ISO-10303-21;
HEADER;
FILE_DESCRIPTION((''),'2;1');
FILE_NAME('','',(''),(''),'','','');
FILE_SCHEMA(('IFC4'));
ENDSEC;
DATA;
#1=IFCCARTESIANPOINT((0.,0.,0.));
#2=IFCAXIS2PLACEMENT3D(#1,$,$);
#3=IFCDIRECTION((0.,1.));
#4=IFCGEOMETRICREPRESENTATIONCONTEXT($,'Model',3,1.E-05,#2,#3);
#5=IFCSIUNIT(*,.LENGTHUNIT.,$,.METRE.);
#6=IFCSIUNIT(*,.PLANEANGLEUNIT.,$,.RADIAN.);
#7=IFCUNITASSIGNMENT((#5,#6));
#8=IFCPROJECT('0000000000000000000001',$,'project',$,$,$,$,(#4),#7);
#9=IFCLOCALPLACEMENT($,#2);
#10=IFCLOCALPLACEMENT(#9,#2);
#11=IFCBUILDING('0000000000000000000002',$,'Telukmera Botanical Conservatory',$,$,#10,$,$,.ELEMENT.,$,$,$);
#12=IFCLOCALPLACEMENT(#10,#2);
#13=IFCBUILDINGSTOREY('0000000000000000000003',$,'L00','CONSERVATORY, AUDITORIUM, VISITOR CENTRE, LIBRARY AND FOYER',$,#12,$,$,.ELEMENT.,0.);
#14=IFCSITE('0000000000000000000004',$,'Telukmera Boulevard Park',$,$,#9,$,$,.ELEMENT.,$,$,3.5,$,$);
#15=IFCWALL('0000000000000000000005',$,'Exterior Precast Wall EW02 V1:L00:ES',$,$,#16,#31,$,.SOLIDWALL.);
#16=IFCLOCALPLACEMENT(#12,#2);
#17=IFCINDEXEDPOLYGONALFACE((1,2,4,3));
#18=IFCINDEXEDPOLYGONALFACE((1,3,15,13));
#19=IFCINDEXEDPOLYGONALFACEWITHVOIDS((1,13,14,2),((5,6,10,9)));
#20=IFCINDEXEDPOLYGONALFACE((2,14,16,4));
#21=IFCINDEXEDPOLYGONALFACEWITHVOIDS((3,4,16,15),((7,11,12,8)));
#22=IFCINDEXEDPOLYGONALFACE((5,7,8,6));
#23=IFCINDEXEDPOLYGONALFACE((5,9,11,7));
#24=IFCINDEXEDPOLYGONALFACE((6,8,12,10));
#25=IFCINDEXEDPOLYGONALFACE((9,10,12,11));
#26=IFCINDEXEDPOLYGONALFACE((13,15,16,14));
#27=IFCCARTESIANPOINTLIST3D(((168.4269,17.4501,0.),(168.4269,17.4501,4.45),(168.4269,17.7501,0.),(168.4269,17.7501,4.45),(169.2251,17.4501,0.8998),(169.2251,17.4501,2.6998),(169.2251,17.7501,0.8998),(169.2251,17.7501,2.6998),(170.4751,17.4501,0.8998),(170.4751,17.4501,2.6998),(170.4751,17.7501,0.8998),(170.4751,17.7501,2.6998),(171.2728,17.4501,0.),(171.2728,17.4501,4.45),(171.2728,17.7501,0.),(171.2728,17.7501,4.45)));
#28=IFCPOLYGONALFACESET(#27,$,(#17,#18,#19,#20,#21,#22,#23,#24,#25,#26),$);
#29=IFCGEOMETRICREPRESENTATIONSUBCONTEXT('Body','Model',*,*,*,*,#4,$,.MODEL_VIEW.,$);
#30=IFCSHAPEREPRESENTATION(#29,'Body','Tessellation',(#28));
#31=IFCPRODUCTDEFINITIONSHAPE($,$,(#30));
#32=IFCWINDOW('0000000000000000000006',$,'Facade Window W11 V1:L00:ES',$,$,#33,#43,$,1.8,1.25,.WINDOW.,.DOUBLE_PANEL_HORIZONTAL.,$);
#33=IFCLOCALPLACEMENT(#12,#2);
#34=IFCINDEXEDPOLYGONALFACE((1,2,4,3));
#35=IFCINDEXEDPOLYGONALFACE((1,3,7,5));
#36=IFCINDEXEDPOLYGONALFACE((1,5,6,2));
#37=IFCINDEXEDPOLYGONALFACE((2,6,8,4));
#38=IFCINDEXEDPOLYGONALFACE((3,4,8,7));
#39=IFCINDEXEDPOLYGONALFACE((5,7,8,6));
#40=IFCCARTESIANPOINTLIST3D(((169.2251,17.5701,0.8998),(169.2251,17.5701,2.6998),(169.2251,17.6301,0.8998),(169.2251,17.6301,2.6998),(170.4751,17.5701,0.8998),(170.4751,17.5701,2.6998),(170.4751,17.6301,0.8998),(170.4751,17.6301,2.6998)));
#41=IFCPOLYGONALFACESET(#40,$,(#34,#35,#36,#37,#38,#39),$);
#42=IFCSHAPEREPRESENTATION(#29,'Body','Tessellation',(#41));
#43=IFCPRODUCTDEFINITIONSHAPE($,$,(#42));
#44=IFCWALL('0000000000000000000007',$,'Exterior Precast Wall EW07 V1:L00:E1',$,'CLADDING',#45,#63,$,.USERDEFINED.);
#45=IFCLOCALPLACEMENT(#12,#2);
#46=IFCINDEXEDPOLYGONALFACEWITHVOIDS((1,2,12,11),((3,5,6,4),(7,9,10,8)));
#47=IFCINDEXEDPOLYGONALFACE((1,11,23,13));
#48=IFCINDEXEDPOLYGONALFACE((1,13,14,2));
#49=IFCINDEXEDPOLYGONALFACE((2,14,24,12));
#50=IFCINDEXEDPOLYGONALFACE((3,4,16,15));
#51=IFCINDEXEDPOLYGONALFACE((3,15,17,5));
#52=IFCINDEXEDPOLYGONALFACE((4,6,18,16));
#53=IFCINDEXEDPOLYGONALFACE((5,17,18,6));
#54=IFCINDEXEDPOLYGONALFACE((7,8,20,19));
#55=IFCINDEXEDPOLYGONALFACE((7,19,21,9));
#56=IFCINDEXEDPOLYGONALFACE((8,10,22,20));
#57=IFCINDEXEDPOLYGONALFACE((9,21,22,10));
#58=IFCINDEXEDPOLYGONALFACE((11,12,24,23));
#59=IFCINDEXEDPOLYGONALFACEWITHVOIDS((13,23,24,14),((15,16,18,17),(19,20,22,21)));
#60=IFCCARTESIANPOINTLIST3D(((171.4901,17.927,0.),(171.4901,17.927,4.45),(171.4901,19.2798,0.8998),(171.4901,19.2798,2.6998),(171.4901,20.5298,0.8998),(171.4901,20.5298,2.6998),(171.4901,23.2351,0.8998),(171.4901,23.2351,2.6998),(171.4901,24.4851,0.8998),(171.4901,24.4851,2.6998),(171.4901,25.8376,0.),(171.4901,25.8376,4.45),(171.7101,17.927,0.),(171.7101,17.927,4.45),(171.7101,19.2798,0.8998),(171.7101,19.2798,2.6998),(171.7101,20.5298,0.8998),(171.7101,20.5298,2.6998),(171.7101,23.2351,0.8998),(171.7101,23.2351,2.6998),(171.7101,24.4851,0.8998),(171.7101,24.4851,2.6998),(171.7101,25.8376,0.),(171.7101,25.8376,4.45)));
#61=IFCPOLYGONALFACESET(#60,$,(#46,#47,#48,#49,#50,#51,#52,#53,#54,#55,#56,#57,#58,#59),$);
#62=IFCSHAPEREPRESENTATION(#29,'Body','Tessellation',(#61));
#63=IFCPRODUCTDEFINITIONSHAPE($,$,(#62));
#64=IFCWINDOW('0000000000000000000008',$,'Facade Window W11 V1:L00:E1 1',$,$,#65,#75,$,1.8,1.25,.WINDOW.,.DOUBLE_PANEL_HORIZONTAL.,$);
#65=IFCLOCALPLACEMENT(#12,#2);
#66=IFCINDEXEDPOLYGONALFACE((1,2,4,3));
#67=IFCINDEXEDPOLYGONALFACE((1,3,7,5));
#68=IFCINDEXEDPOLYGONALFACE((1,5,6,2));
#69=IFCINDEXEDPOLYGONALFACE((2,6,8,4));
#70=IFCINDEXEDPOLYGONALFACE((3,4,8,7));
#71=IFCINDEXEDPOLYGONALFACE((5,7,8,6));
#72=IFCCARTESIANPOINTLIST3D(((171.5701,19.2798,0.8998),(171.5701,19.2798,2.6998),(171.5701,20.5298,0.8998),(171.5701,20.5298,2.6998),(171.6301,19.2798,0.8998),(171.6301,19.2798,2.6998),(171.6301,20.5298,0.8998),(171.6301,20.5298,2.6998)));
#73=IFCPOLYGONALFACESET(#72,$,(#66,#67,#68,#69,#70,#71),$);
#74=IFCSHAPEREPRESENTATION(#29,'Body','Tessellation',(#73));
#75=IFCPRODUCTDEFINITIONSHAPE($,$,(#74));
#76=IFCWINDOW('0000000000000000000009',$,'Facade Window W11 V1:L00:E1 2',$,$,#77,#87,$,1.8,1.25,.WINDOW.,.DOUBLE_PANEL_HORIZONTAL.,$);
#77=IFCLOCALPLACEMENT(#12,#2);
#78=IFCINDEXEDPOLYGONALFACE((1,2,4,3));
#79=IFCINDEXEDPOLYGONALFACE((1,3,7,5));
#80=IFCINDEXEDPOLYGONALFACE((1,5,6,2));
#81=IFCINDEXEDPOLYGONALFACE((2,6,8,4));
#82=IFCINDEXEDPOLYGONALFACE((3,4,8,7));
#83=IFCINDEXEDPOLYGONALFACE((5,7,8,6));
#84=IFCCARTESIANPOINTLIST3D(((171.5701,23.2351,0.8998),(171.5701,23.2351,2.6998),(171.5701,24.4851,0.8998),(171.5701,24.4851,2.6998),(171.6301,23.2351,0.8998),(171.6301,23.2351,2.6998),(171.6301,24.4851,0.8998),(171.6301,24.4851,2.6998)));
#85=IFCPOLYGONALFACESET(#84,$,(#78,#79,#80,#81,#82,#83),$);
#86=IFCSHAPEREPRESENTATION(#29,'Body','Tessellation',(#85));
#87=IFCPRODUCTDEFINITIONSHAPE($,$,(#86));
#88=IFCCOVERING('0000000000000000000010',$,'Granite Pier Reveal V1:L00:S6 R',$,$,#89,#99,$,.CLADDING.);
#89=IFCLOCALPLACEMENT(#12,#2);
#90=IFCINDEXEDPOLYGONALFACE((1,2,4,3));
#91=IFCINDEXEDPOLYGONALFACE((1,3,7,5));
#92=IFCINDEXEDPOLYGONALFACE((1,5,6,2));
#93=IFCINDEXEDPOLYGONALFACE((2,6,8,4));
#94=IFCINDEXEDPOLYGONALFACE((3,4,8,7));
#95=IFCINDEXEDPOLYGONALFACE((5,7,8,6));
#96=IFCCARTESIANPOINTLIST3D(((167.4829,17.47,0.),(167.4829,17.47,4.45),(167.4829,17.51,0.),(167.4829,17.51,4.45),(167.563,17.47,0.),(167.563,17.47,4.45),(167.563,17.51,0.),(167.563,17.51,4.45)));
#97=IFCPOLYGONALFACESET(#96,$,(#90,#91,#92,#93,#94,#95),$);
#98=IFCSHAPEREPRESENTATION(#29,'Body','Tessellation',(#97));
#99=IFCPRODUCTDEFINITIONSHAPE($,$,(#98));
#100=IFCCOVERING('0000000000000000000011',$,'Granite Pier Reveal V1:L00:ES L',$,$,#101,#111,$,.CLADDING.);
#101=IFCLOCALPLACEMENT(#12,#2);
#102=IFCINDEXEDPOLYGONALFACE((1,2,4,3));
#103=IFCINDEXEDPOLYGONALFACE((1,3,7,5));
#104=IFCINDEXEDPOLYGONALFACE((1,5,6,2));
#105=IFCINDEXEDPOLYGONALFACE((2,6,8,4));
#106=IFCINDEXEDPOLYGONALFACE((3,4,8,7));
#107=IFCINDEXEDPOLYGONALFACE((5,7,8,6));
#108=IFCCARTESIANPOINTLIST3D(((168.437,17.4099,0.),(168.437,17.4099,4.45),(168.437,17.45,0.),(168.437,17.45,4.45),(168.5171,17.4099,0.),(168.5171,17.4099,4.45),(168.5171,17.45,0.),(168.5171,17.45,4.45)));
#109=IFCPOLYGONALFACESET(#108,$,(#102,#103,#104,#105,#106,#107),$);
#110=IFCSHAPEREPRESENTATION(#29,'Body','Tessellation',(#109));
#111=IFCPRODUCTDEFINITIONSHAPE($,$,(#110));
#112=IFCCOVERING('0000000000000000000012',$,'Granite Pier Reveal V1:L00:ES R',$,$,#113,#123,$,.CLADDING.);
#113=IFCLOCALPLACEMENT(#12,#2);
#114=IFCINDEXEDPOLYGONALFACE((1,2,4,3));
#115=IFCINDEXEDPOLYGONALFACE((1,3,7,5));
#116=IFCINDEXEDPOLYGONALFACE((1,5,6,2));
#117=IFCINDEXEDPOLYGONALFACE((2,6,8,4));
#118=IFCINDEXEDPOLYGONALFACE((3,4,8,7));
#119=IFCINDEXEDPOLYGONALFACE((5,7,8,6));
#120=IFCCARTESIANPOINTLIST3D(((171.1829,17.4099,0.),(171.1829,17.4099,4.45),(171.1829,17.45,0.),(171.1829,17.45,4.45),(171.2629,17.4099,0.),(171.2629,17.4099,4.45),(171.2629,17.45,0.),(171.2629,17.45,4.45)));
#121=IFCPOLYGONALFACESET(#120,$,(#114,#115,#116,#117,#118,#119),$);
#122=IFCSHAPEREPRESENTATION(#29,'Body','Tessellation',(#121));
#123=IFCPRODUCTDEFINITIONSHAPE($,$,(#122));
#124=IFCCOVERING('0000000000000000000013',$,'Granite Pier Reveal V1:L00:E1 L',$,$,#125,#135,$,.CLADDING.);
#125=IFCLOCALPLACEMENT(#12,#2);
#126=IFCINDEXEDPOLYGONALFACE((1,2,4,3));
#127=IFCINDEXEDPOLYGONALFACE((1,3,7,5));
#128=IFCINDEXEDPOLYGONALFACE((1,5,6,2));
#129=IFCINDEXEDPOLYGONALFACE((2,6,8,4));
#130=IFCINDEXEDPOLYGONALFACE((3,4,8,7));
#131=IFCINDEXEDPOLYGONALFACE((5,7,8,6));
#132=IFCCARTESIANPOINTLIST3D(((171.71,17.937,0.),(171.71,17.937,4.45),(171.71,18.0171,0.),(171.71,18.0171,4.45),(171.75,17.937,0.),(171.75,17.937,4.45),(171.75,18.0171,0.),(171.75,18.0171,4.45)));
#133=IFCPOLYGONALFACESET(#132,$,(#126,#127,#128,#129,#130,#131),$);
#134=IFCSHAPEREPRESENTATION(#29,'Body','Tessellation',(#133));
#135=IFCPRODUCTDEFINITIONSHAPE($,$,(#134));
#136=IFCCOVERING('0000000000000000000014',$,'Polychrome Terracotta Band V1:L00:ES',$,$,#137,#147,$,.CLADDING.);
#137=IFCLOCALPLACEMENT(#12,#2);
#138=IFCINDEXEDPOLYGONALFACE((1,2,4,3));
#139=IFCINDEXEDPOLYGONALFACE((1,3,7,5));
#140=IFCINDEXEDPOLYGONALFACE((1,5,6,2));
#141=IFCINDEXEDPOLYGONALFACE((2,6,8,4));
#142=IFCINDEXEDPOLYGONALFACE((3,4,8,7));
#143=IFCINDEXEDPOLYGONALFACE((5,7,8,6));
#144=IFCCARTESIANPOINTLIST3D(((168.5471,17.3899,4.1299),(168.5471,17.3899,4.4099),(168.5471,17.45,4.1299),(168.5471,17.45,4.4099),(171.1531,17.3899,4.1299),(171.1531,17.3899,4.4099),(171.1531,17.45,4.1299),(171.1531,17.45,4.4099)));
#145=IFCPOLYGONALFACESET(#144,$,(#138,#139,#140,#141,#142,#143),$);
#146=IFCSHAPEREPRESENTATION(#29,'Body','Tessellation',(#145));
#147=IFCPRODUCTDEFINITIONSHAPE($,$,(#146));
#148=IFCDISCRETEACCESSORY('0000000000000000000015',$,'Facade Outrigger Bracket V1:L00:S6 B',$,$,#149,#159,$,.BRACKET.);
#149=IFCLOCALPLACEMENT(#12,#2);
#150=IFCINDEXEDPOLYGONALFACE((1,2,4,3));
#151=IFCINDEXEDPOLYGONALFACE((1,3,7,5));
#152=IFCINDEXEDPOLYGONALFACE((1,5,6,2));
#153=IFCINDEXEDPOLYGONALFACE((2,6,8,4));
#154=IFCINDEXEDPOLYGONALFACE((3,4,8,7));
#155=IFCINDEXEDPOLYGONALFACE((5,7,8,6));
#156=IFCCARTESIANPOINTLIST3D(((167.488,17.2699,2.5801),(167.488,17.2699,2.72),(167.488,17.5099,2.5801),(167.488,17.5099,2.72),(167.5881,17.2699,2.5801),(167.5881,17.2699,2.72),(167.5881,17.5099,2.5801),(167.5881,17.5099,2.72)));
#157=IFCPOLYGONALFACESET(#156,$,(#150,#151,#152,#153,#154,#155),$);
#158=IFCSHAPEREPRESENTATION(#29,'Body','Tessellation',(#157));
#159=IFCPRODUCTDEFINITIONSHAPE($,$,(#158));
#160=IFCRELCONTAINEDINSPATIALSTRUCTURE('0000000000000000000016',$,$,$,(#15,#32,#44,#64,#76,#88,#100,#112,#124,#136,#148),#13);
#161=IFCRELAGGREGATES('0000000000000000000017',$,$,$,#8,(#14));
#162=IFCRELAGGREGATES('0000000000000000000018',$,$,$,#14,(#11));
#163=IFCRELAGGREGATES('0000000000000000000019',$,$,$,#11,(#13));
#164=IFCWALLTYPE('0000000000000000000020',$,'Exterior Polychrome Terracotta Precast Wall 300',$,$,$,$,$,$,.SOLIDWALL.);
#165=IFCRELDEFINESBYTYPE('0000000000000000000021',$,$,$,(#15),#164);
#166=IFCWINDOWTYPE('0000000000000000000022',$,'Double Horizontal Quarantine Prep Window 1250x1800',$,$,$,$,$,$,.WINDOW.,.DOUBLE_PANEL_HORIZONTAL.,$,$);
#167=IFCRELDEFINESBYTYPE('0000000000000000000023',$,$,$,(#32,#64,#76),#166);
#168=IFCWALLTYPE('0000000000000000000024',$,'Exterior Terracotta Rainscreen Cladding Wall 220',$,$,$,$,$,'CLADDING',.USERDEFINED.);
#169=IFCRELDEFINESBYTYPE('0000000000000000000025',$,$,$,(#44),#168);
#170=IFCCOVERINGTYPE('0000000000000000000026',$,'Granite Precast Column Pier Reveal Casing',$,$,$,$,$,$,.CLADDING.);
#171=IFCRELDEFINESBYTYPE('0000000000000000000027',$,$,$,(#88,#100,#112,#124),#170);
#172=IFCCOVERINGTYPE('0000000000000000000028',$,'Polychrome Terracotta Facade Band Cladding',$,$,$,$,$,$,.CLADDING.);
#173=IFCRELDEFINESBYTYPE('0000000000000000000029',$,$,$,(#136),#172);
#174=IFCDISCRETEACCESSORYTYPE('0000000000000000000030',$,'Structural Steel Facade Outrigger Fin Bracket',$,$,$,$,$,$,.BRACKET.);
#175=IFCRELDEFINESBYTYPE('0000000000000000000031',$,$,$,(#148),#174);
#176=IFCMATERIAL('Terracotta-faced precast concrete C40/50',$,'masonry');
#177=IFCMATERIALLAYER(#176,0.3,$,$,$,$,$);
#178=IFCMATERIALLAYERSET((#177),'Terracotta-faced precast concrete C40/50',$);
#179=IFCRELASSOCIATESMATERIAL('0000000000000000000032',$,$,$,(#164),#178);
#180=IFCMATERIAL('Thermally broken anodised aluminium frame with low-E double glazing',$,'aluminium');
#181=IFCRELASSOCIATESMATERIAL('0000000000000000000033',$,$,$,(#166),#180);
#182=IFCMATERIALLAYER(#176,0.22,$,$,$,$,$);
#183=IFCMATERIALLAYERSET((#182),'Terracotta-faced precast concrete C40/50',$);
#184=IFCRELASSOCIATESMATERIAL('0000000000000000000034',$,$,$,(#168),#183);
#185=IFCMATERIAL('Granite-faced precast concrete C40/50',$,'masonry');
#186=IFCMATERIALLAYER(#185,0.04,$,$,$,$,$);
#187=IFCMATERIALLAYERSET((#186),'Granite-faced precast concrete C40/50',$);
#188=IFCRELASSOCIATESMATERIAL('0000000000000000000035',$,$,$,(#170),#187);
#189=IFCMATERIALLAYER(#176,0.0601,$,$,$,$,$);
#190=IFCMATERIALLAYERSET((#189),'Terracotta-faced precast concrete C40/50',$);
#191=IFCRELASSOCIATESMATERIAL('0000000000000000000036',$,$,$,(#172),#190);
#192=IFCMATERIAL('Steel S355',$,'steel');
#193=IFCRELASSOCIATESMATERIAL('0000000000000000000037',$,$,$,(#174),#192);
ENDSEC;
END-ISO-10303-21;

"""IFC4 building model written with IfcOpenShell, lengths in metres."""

from ifc_helpers import new_model, si_unit, direction, frame, frame_2d, origin, origin_2d, place, context, subcontext, project, spatial, rectangle, extrude, material, layer, layer_set, type_object, element, fill, save


model = new_model("IFC4")

# Units and contexts
model_context = context("Model", 3, precision=1e-05, world=origin(), true_north=direction((0.0, 1.0)))
body_context = subcontext(model_context, "Body", "Model", "MODEL_VIEW")
ifc_project = project(units=[si_unit("LENGTHUNIT", "METRE"), si_unit("PLANEANGLEUNIT", "RADIAN")], contexts=[model_context])

# Site, building, storey
site_placement = place(None, origin())
site = spatial("IfcSite", under=ifc_project, at=site_placement, Name="Telukmera Boulevard Park", CompositionType="ELEMENT", RefElevation=3.5)
building_placement = place(site_placement, origin())
building = spatial("IfcBuilding", under=site, at=building_placement, Name="Telukmera Botanical Conservatory", CompositionType="ELEMENT")
storey_placement = place(building_placement, origin())
storey = spatial("IfcBuildingStorey", under=building, at=storey_placement, Name="L00", Description="CONSERVATORY, AUDITORIUM, VISITOR CENTRE, LIBRARY AND FOYER", CompositionType="ELEMENT", Elevation=0.0)

# Wall, opening, window
ifc_material_1 = material(Name="Terracotta-faced precast concrete C40/50", Category="masonry")
ifc_layer_1 = layer(ifc_material_1, 0.3)
ifc_layer_set_1 = layer_set([ifc_layer_1], Name="Terracotta-faced precast concrete C40/50")
wall_type_1 = type_object("IfcWallType", Name="Exterior Polychrome Terracotta Precast Wall 300", PredefinedType="SOLIDWALL", material=ifc_layer_set_1)
wall_1_placement = place(storey_placement, frame((168.427, 17.6001, 0.0), z_axis=(0.0, 0.0, 1.0), x_axis=(1.0, 0.0, 0.0)))
wall_1 = element("IfcWall", 1, at=wall_1_placement, inside=storey, type_object=wall_type_1, Name="Exterior Precast Wall EW02 V1:L00:ES", PredefinedType="SOLIDWALL", context=body_context, shape_type="SweptSolid", body=[
    extrude(rectangle(XDim=2.8459, YDim=0.3, at=frame_2d((1.4229, 0.0))), origin(), (0.0, 0.0, 1.0), 4.45),
])
opening_1_placement = place(wall_1_placement, frame((0.7981, 0.0, 0.8999)))
opening_1 = element("IfcOpeningElement", 2, at=opening_1_placement, cuts=wall_1, PredefinedType="OPENING", context=body_context, shape_type="SweptSolid", body=[
    extrude(rectangle(XDim=1.25, YDim=1.8, at=frame_2d((0.625, 0.8999))), frame((0.0, 0.1599, 0.0), z_axis=(0.0, -1.0, 0.0), x_axis=(1.0, 0.0, 0.0)), (0.0, 0.0, 1.0), 0.3201),
])
ifc_material_2 = material(Name="Thermally broken anodised aluminium frame with low-E double glazing", Category="aluminium")
window_type = type_object("IfcWindowType", Name="Double Horizontal Quarantine Prep Window 1250x1800", PartitioningType="DOUBLE_PANEL_HORIZONTAL", PredefinedType="WINDOW", material=ifc_material_2)
window_1_placement = place(opening_1_placement, origin())
window_1 = element("IfcWindow", 3, at=window_1_placement, inside=storey, type_object=window_type, Name="Facade Window W11 V1:L00:ES", OverallHeight=1.8, OverallWidth=1.25, PartitioningType="DOUBLE_PANEL_HORIZONTAL", PredefinedType="WINDOW", context=body_context, shape_type="SweptSolid", body=[
    extrude(rectangle(XDim=1.25, YDim=1.8, at=frame_2d((0.625, 0.8999))), frame((0.0, 0.03, 0.0), z_axis=(0.0, -1.0, 0.0), x_axis=(1.0, 0.0, 0.0)), (0.0, 0.0, 1.0), 0.0601),
])
fill(opening_1, window_1)

# Wall, openings, windows
ifc_layer_2 = layer(ifc_material_1, 0.22)
ifc_layer_set_2 = layer_set([ifc_layer_2], Name="Terracotta-faced precast concrete C40/50")
wall_type_2 = type_object("IfcWallType", Name="Exterior Terracotta Rainscreen Cladding Wall 220", ElementType="CLADDING", PredefinedType="USERDEFINED", material=ifc_layer_set_2)
wall_2_placement = place(storey_placement, frame((171.6001, 17.927, 0.0), z_axis=(0.0, 0.0, 1.0), x_axis=(0.0, 1.0, 0.0)))
wall_2 = element("IfcWall", 4, at=wall_2_placement, inside=storey, type_object=wall_type_2, Name="Exterior Precast Wall EW07 V1:L00:E1", ObjectType="CLADDING", PredefinedType="USERDEFINED", context=body_context, shape_type="SweptSolid", body=[
    extrude(rectangle(XDim=7.9106, YDim=0.22, at=frame_2d((3.9553, 0.0))), origin(), (0.0, 0.0, 1.0), 4.45),
])
opening_2_placement = place(wall_2_placement, frame((1.3528, 0.0, 0.8999)))
opening_2 = element("IfcOpeningElement", 5, at=opening_2_placement, cuts=wall_2, PredefinedType="OPENING", context=body_context, shape_type="SweptSolid", body=[
    extrude(rectangle(XDim=1.25, YDim=1.8, at=frame_2d((0.625, 0.8999))), frame((0.0, 0.1199, 0.0), z_axis=(0.0, -1.0, 0.0), x_axis=(1.0, 0.0, 0.0)), (0.0, 0.0, 1.0), 0.24),
])
opening_3_placement = place(wall_2_placement, frame((5.3081, 0.0, 0.8999)))
opening_3 = element("IfcOpeningElement", 6, at=opening_3_placement, cuts=wall_2, PredefinedType="OPENING", context=body_context, shape_type="SweptSolid", body=[
    extrude(rectangle(XDim=1.25, YDim=1.8, at=frame_2d((0.625, 0.8999))), frame((0.0, 0.1199, 0.0), z_axis=(0.0, -1.0, 0.0), x_axis=(1.0, 0.0, 0.0)), (0.0, 0.0, 1.0), 0.24),
])
window_2_placement = place(opening_2_placement, origin())
window_2 = element("IfcWindow", 7, at=window_2_placement, inside=storey, type_object=window_type, Name="Facade Window W11 V1:L00:E1 1", OverallHeight=1.8, OverallWidth=1.25, PartitioningType="DOUBLE_PANEL_HORIZONTAL", PredefinedType="WINDOW", context=body_context, shape_type="SweptSolid", body=[
    extrude(rectangle(XDim=1.25, YDim=1.8, at=frame_2d((0.625, 0.8999))), frame((0.0, 0.03, 0.0), z_axis=(0.0, -1.0, 0.0), x_axis=(1.0, 0.0, 0.0)), (0.0, 0.0, 1.0), 0.0601),
])
fill(opening_2, window_2)
window_3_placement = place(opening_3_placement, origin())
window_3 = element("IfcWindow", 8, at=window_3_placement, inside=storey, type_object=window_type, Name="Facade Window W11 V1:L00:E1 2", OverallHeight=1.8, OverallWidth=1.25, PartitioningType="DOUBLE_PANEL_HORIZONTAL", PredefinedType="WINDOW", context=body_context, shape_type="SweptSolid", body=[
    extrude(rectangle(XDim=1.25, YDim=1.8, at=frame_2d((0.625, 0.8999))), frame((0.0, 0.03, 0.0), z_axis=(0.0, -1.0, 0.0), x_axis=(1.0, 0.0, 0.0)), (0.0, 0.0, 1.0), 0.0601),
])
fill(opening_3, window_3)

# Coverings
ifc_material_3 = material(Name="Granite-faced precast concrete C40/50", Category="masonry")
ifc_layer_3 = layer(ifc_material_3, 0.04)
ifc_layer_set_3 = layer_set([ifc_layer_3], Name="Granite-faced precast concrete C40/50")
covering_type_1 = type_object("IfcCoveringType", Name="Granite Precast Column Pier Reveal Casing", PredefinedType="CLADDING", material=ifc_layer_set_3)
for number, where, z_axis, x_axis, name in (
    (9, (167.5229, 17.49, 0.0), (0.0, 0.0, 1.0), (1.0, 0.0, 0.0), "Granite Pier Reveal V1:L00:S6 R"),
    (10, (168.4771, 17.4299, 0.0), (0.0, 0.0, 1.0), (1.0, 0.0, 0.0), "Granite Pier Reveal V1:L00:ES L"),
    (11, (171.2229, 17.4299, 0.0), (0.0, 0.0, 1.0), (1.0, 0.0, 0.0), "Granite Pier Reveal V1:L00:ES R"),
    (12, (171.73, 17.9771, 0.0), (0.0, 0.0, 1.0), (0.0, 1.0, 0.0), "Granite Pier Reveal V1:L00:E1 L"),
):
    element("IfcCovering", number, at=place(storey_placement, frame(where, z_axis=z_axis, x_axis=x_axis)), inside=storey, type_object=covering_type_1, Name=name, PredefinedType="CLADDING", context=body_context, shape_type="SweptSolid", body=[
        extrude(rectangle(XDim=0.0801, YDim=0.04, at=origin_2d()), origin(), (0.0, 0.0, 1.0), 4.45),
    ])
ifc_layer_4 = layer(ifc_material_1, 0.0601)
ifc_layer_set_4 = layer_set([ifc_layer_4], Name="Terracotta-faced precast concrete C40/50")
covering_type_2 = type_object("IfcCoveringType", Name="Polychrome Terracotta Facade Band Cladding", PredefinedType="CLADDING", material=ifc_layer_set_4)
covering_placement = place(storey_placement, frame((169.8501, 17.4199, 4.1299), z_axis=(0.0, 0.0, 1.0), x_axis=(1.0, 0.0, 0.0)))
element("IfcCovering", 13, at=covering_placement, inside=storey, type_object=covering_type_2, Name="Polychrome Terracotta Band V1:L00:ES", PredefinedType="CLADDING", context=body_context, shape_type="SweptSolid", body=[
    extrude(rectangle(XDim=2.606, YDim=0.0601, at=origin_2d()), origin(), (0.0, 0.0, 1.0), 0.28),
])

# Discrete accessory
ifc_material_4 = material(Name="Steel S355", Category="steel")
discrete_accessory_type = type_object("IfcDiscreteAccessoryType", Name="Structural Steel Facade Outrigger Fin Bracket", PredefinedType="BRACKET", material=ifc_material_4)
discrete_accessory_placement = place(storey_placement, frame((167.5381, 17.3899, 2.5801), z_axis=(0.0, 0.0, 1.0), x_axis=(1.0, 0.0, 0.0)))
element("IfcDiscreteAccessory", 14, at=discrete_accessory_placement, inside=storey, type_object=discrete_accessory_type, Name="Facade Outrigger Bracket V1:L00:S6 B", PredefinedType="BRACKET", context=body_context, shape_type="SweptSolid", body=[
    extrude(rectangle(XDim=0.1001, YDim=0.24, at=origin_2d()), origin(), (0.0, 0.0, 1.0), 0.1399),
])

save(model, "model.ifc")
